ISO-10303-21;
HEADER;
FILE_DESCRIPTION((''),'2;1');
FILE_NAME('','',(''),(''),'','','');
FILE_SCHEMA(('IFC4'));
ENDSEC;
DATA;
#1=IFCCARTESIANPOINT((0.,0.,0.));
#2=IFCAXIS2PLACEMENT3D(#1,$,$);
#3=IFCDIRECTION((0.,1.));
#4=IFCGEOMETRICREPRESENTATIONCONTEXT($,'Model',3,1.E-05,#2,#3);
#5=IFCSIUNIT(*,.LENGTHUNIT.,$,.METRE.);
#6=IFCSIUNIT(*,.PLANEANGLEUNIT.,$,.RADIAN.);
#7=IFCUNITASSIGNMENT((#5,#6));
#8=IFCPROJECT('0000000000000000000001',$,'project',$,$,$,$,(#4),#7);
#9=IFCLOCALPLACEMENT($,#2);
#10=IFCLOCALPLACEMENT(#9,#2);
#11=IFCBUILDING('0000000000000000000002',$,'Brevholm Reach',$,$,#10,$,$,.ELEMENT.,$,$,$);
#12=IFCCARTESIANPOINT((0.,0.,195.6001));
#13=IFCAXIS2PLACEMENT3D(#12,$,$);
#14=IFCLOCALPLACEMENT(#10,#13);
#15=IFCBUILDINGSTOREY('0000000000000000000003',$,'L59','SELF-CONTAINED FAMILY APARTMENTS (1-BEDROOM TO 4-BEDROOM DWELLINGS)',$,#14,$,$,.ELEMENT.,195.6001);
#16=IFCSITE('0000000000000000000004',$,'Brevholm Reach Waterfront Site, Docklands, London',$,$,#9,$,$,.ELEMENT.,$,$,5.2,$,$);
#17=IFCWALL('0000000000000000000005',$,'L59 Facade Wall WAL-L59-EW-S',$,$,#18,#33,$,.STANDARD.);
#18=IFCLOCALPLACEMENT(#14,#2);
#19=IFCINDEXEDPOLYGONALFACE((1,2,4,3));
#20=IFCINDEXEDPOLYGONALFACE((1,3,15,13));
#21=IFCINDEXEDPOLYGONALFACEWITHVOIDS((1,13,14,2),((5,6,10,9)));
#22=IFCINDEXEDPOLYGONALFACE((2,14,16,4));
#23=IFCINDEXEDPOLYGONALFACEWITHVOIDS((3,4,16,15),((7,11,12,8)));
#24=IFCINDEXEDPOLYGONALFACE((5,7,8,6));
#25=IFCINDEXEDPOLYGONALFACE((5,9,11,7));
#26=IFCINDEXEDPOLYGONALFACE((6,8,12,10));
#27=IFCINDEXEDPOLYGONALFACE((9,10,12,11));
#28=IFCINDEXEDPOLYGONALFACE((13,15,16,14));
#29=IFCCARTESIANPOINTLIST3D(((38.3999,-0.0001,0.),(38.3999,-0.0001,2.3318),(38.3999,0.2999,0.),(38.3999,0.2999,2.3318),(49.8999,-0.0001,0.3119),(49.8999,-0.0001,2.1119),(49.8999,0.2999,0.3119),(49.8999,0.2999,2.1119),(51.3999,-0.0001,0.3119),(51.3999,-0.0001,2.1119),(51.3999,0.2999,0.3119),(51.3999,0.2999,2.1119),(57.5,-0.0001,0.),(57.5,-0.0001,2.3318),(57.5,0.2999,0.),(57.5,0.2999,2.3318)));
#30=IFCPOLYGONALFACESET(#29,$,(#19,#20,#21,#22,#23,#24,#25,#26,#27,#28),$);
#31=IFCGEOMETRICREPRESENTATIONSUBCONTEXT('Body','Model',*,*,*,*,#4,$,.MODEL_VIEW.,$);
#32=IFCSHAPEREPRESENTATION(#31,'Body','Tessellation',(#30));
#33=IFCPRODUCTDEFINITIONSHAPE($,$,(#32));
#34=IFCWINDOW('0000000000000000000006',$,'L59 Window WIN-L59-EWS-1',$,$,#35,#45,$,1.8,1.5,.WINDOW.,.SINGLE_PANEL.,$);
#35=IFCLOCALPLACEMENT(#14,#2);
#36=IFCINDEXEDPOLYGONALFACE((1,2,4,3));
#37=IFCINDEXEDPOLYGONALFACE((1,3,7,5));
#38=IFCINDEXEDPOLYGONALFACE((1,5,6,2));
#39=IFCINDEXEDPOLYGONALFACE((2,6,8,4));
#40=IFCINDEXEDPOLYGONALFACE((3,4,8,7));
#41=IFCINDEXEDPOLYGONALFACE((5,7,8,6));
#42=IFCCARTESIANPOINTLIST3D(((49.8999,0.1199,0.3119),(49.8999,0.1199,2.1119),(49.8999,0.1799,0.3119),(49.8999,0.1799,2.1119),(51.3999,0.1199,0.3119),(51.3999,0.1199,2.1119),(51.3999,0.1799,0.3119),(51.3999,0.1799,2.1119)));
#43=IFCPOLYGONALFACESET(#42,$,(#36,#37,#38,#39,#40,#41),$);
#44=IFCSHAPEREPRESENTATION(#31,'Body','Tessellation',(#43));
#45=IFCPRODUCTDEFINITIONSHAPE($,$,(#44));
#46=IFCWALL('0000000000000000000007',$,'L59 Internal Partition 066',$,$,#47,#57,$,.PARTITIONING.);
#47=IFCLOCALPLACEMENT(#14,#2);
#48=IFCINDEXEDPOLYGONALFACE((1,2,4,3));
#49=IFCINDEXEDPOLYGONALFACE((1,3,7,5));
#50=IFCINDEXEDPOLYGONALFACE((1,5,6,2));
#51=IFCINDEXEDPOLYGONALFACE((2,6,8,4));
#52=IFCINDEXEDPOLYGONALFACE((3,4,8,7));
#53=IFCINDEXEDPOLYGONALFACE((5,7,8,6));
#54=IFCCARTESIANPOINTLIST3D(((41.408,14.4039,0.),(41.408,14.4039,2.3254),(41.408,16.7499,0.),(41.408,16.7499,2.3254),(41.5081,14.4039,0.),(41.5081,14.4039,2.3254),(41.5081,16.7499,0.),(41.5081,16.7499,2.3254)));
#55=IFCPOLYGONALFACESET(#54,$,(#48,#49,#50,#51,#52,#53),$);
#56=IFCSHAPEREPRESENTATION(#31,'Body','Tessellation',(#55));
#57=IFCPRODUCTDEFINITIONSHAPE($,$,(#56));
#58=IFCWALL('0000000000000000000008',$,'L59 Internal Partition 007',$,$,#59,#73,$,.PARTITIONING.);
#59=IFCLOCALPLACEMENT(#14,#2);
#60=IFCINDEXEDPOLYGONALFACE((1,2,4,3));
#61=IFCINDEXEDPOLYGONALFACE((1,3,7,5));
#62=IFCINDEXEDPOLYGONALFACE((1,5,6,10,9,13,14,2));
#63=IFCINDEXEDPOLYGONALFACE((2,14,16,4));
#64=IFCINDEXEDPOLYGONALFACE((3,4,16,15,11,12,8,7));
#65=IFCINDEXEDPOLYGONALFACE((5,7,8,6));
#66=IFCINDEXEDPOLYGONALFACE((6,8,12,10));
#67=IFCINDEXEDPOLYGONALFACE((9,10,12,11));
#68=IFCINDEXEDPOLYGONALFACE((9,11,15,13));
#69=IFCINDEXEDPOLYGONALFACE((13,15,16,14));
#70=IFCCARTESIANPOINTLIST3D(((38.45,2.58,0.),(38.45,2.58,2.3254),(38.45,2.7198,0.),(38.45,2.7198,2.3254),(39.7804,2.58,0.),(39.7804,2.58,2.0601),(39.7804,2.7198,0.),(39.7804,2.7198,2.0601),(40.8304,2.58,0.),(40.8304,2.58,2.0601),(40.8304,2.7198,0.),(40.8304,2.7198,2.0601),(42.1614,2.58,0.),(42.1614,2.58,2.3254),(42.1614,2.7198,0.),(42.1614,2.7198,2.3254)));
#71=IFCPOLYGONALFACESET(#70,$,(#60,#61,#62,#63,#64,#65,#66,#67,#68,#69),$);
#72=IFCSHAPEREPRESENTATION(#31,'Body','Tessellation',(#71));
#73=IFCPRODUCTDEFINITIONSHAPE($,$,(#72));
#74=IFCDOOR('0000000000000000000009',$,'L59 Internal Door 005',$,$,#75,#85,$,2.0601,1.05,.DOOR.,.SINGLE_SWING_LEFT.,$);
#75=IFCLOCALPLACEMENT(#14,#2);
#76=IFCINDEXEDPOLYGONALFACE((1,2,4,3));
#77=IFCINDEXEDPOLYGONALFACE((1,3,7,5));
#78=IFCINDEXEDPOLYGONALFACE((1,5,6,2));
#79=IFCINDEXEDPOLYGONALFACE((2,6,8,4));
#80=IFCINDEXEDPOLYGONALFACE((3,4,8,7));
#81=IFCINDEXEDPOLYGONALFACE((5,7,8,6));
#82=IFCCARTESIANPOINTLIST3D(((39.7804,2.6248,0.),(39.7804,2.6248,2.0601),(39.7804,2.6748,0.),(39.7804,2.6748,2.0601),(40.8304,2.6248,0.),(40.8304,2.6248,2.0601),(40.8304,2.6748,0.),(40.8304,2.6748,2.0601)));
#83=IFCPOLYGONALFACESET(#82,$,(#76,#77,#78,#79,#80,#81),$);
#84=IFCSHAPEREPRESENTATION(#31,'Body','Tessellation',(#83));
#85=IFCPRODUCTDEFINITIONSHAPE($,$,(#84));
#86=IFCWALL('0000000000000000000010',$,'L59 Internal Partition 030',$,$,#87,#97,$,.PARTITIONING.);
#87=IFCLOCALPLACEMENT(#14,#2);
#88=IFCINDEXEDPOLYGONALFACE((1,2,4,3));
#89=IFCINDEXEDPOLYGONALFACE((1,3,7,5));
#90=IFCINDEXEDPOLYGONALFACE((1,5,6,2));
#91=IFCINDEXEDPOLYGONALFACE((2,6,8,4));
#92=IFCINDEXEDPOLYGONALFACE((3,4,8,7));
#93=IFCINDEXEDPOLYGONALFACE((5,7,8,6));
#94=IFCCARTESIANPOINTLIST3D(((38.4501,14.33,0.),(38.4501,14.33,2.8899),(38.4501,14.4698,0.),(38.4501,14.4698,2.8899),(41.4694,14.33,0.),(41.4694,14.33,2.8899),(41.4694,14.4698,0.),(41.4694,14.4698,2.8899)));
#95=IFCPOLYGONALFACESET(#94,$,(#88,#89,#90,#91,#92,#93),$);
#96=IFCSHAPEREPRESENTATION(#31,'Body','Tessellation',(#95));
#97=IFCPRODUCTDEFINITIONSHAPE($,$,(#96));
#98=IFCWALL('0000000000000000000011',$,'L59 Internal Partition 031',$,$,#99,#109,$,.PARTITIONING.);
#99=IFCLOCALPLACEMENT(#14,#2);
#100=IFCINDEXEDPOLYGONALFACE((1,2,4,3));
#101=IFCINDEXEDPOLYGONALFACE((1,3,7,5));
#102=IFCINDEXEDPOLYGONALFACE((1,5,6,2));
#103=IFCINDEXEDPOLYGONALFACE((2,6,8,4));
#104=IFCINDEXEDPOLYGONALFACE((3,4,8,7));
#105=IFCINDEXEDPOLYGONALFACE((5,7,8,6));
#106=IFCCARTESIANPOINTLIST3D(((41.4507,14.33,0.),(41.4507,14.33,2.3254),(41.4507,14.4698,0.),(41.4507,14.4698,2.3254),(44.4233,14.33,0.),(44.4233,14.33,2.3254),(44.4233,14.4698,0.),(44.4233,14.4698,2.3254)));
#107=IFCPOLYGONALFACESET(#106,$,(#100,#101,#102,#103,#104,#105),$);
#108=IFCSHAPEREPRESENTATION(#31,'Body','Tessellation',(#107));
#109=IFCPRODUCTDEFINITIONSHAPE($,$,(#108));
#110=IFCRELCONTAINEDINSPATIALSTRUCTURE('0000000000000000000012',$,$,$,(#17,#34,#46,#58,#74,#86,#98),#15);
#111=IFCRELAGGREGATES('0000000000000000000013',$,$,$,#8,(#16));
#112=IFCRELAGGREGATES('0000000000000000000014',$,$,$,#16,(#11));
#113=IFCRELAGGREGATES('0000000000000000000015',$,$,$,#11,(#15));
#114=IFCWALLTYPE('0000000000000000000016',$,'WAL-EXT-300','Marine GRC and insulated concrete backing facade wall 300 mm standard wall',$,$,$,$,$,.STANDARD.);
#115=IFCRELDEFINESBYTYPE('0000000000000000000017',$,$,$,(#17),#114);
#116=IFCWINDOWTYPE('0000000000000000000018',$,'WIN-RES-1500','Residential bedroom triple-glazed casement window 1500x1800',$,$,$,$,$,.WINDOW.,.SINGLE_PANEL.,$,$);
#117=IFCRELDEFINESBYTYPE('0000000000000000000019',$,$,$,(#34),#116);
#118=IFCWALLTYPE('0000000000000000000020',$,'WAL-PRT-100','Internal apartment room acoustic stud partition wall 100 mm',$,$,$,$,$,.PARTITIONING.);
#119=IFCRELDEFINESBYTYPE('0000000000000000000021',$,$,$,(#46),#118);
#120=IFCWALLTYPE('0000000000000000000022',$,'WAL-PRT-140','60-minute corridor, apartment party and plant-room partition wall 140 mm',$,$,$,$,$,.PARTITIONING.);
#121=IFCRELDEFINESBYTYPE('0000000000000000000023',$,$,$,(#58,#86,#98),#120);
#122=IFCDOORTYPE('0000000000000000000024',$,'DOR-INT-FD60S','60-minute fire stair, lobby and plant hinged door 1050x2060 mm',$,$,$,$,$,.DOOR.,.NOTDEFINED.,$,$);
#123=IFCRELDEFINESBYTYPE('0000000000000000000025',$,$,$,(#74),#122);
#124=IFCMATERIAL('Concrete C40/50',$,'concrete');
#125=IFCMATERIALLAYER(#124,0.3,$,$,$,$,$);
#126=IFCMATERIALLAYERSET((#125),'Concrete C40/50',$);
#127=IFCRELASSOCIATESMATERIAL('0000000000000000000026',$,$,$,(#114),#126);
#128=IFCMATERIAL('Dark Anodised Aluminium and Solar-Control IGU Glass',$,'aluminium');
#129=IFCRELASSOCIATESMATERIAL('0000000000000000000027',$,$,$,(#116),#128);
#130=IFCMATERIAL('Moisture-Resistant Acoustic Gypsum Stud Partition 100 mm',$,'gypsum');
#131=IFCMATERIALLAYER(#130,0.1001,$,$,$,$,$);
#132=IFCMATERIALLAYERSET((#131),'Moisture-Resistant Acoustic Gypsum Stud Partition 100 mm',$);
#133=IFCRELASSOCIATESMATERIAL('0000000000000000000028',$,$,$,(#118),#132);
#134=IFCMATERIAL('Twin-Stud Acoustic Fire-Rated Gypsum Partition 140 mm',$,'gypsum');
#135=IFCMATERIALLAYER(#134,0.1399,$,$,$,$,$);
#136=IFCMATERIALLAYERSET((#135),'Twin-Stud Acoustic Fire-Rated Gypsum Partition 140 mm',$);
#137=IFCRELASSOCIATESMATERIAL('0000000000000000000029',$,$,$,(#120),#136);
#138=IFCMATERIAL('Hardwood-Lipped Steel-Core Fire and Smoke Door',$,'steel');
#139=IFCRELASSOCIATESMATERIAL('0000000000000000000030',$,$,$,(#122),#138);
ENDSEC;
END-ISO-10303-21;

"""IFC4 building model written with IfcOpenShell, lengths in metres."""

from ifc_helpers import new_model, si_unit, direction, frame, frame_2d, origin, place, context, subcontext, project, spatial, rectangle, extrude, material, layer, layer_set, type_object, element, fill, save


model = new_model("IFC4")

# Units and contexts
model_context = context("Model", 3, precision=1e-05, world=origin(), true_north=direction((0.0, 1.0)))
body_context = subcontext(model_context, "Body", "Model", "MODEL_VIEW")
ifc_project = project(units=[si_unit("LENGTHUNIT", "METRE"), si_unit("PLANEANGLEUNIT", "RADIAN")], contexts=[model_context])

# Site, building, storey
site_placement = place(None, origin())
site = spatial("IfcSite", under=ifc_project, at=site_placement, Name="Brevholm Reach Waterfront Site, Docklands, London", CompositionType="ELEMENT", RefElevation=5.2)
building_placement = place(site_placement, origin())
building = spatial("IfcBuilding", under=site, at=building_placement, Name="Brevholm Reach", CompositionType="ELEMENT")
storey_placement = place(building_placement, frame((0.0, 0.0, 195.6001)))
storey = spatial("IfcBuildingStorey", under=building, at=storey_placement, Name="L59", Description="SELF-CONTAINED FAMILY APARTMENTS (1-BEDROOM TO 4-BEDROOM DWELLINGS)", CompositionType="ELEMENT", Elevation=195.6001)

# Wall, opening, window
ifc_material_1 = material(Name="Concrete C40/50", Category="concrete")
ifc_layer_1 = layer(ifc_material_1, 0.3)
ifc_layer_set_1 = layer_set([ifc_layer_1], Name="Concrete C40/50")
wall_type_1 = type_object("IfcWallType", Name="WAL-EXT-300", Description="Marine GRC and insulated concrete backing facade wall 300 mm standard wall", PredefinedType="STANDARD", material=ifc_layer_set_1)
wall_1_placement = place(storey_placement, frame((38.3999, 0.1499, 0.0), z_axis=(0.0, 0.0, 1.0), x_axis=(1.0, 0.0, 0.0)))
wall_1 = element("IfcWall", 1, at=wall_1_placement, inside=storey, type_object=wall_type_1, Name="L59 Facade Wall WAL-L59-EW-S", PredefinedType="STANDARD", context=body_context, shape_type="SweptSolid", body=[
    extrude(rectangle(XDim=19.1001, YDim=0.3, at=frame_2d((9.55, 0.0))), origin(), (0.0, 0.0, 1.0), 2.3318),
])
opening_1_placement = place(wall_1_placement, frame((11.5, 0.0, 0.312)))
opening_1 = element("IfcOpeningElement", 2, at=opening_1_placement, cuts=wall_1, PredefinedType="OPENING", context=body_context, shape_type="SweptSolid", body=[
    extrude(rectangle(XDim=1.5, YDim=1.8, at=frame_2d((0.75, 0.8999))), frame((0.0, 0.1599, 0.0), z_axis=(0.0, -1.0, 0.0), x_axis=(1.0, 0.0, 0.0)), (0.0, 0.0, 1.0), 0.3201),
])
ifc_material_2 = material(Name="Dark Anodised Aluminium and Solar-Control IGU Glass", Category="aluminium")
window_type = type_object("IfcWindowType", Name="WIN-RES-1500", Description="Residential bedroom triple-glazed casement window 1500x1800", PartitioningType="SINGLE_PANEL", PredefinedType="WINDOW", material=ifc_material_2)
window_placement = place(opening_1_placement, origin())
window = element("IfcWindow", 3, at=window_placement, inside=storey, type_object=window_type, Name="L59 Window WIN-L59-EWS-1", OverallHeight=1.8, OverallWidth=1.5, PartitioningType="SINGLE_PANEL", PredefinedType="WINDOW", context=body_context, shape_type="SweptSolid", body=[
    extrude(rectangle(XDim=1.5, YDim=1.8, at=frame_2d((0.75, 0.8999))), frame((0.0, 0.03, 0.0), z_axis=(0.0, -1.0, 0.0), x_axis=(1.0, 0.0, 0.0)), (0.0, 0.0, 1.0), 0.0601),
])
fill(opening_1, window)

# Wall
ifc_material_3 = material(Name="Moisture-Resistant Acoustic Gypsum Stud Partition 100 mm", Category="gypsum")
ifc_layer_2 = layer(ifc_material_3, 0.1001)
ifc_layer_set_2 = layer_set([ifc_layer_2], Name="Moisture-Resistant Acoustic Gypsum Stud Partition 100 mm")
wall_type_2 = type_object("IfcWallType", Name="WAL-PRT-100", Description="Internal apartment room acoustic stud partition wall 100 mm", PredefinedType="PARTITIONING", material=ifc_layer_set_2)
wall_2_placement = place(storey_placement, frame((41.458, 14.4041, 0.0), z_axis=(0.0, 0.0, 1.0), x_axis=(0.0, 1.0, 0.0)))
element("IfcWall", 4, at=wall_2_placement, inside=storey, type_object=wall_type_2, Name="L59 Internal Partition 066", PredefinedType="PARTITIONING", context=body_context, shape_type="SweptSolid", body=[
    extrude(rectangle(XDim=2.3459, YDim=0.1001, at=frame_2d((1.1729, 0.0))), origin(), (0.0, 0.0, 1.0), 2.3254),
])

# Wall, opening, door
ifc_material_4 = material(Name="Twin-Stud Acoustic Fire-Rated Gypsum Partition 140 mm", Category="gypsum")
ifc_layer_3 = layer(ifc_material_4, 0.1399)
ifc_layer_set_3 = layer_set([ifc_layer_3], Name="Twin-Stud Acoustic Fire-Rated Gypsum Partition 140 mm")
wall_type_3 = type_object("IfcWallType", Name="WAL-PRT-140", Description="60-minute corridor, apartment party and plant-room partition wall 140 mm", PredefinedType="PARTITIONING", material=ifc_layer_set_3)
wall_3_placement = place(storey_placement, frame((38.45, 2.6499, 0.0), z_axis=(0.0, 0.0, 1.0), x_axis=(1.0, 0.0, 0.0)))
wall_3 = element("IfcWall", 5, at=wall_3_placement, inside=storey, type_object=wall_type_3, Name="L59 Internal Partition 007", PredefinedType="PARTITIONING", context=body_context, shape_type="SweptSolid", body=[
    extrude(rectangle(XDim=3.7114, YDim=0.1399, at=frame_2d((1.8557, 0.0))), origin(), (0.0, 0.0, 1.0), 2.3254),
])
opening_2_placement = place(wall_3_placement, frame((1.3306, 0.0, 0.0)))
opening_2 = element("IfcOpeningElement", 6, at=opening_2_placement, cuts=wall_3, PredefinedType="OPENING", context=body_context, shape_type="SweptSolid", body=[
    extrude(rectangle(XDim=1.05, YDim=2.0601, at=frame_2d((0.5249, 1.03))), frame((0.0, 0.0798, 0.0), z_axis=(0.0, -1.0, 0.0), x_axis=(1.0, 0.0, 0.0)), (0.0, 0.0, 1.0), 0.1599),
])
ifc_material_5 = material(Name="Hardwood-Lipped Steel-Core Fire and Smoke Door", Category="steel")
door_type_1 = type_object("IfcDoorType", Name="DOR-INT-FD60S", Description="60-minute fire stair, lobby and plant hinged door 1050x2060 mm", OperationType="NOTDEFINED", PredefinedType="DOOR", material=ifc_material_5)
door_1_placement = place(opening_2_placement, origin())
door_1 = element("IfcDoor", 7, at=door_1_placement, inside=storey, type_object=door_type_1, Name="L59 Internal Door 005", OperationType="SINGLE_SWING_LEFT", OverallHeight=2.0601, OverallWidth=1.05, PredefinedType="DOOR", context=body_context, shape_type="SweptSolid", body=[
    extrude(rectangle(XDim=1.05, YDim=2.0601, at=frame_2d((0.5249, 1.03))), frame((0.0, 0.0249, 0.0), z_axis=(0.0, -1.0, 0.0), x_axis=(1.0, 0.0, 0.0)), (0.0, 0.0, 1.0), 0.05),
])
fill(opening_2, door_1)

# Walls
wall_4_placement = place(storey_placement, frame((38.45, 14.3999, 0.0), z_axis=(0.0, 0.0, 1.0), x_axis=(1.0, 0.0, 0.0)))
element("IfcWall", 8, at=wall_4_placement, inside=storey, type_object=wall_type_3, Name="L59 Internal Partition 030", PredefinedType="PARTITIONING", context=body_context, shape_type="SweptSolid", body=[
    extrude(rectangle(XDim=3.0193, YDim=0.1399, at=frame_2d((1.5098, 0.0))), origin(), (0.0, 0.0, 1.0), 2.8899),
])
wall_5_placement = place(storey_placement, frame((41.4507, 14.3999, 0.0), z_axis=(0.0, 0.0, 1.0), x_axis=(1.0, 0.0, 0.0)))
element("IfcWall", 9, at=wall_5_placement, inside=storey, type_object=wall_type_3, Name="L59 Internal Partition 031", PredefinedType="PARTITIONING", context=body_context, shape_type="SweptSolid", body=[
    extrude(rectangle(XDim=2.9727, YDim=0.1399, at=frame_2d((1.4863, 0.0))), origin(), (0.0, 0.0, 1.0), 2.3254),
])

save(model, "model.ifc")
